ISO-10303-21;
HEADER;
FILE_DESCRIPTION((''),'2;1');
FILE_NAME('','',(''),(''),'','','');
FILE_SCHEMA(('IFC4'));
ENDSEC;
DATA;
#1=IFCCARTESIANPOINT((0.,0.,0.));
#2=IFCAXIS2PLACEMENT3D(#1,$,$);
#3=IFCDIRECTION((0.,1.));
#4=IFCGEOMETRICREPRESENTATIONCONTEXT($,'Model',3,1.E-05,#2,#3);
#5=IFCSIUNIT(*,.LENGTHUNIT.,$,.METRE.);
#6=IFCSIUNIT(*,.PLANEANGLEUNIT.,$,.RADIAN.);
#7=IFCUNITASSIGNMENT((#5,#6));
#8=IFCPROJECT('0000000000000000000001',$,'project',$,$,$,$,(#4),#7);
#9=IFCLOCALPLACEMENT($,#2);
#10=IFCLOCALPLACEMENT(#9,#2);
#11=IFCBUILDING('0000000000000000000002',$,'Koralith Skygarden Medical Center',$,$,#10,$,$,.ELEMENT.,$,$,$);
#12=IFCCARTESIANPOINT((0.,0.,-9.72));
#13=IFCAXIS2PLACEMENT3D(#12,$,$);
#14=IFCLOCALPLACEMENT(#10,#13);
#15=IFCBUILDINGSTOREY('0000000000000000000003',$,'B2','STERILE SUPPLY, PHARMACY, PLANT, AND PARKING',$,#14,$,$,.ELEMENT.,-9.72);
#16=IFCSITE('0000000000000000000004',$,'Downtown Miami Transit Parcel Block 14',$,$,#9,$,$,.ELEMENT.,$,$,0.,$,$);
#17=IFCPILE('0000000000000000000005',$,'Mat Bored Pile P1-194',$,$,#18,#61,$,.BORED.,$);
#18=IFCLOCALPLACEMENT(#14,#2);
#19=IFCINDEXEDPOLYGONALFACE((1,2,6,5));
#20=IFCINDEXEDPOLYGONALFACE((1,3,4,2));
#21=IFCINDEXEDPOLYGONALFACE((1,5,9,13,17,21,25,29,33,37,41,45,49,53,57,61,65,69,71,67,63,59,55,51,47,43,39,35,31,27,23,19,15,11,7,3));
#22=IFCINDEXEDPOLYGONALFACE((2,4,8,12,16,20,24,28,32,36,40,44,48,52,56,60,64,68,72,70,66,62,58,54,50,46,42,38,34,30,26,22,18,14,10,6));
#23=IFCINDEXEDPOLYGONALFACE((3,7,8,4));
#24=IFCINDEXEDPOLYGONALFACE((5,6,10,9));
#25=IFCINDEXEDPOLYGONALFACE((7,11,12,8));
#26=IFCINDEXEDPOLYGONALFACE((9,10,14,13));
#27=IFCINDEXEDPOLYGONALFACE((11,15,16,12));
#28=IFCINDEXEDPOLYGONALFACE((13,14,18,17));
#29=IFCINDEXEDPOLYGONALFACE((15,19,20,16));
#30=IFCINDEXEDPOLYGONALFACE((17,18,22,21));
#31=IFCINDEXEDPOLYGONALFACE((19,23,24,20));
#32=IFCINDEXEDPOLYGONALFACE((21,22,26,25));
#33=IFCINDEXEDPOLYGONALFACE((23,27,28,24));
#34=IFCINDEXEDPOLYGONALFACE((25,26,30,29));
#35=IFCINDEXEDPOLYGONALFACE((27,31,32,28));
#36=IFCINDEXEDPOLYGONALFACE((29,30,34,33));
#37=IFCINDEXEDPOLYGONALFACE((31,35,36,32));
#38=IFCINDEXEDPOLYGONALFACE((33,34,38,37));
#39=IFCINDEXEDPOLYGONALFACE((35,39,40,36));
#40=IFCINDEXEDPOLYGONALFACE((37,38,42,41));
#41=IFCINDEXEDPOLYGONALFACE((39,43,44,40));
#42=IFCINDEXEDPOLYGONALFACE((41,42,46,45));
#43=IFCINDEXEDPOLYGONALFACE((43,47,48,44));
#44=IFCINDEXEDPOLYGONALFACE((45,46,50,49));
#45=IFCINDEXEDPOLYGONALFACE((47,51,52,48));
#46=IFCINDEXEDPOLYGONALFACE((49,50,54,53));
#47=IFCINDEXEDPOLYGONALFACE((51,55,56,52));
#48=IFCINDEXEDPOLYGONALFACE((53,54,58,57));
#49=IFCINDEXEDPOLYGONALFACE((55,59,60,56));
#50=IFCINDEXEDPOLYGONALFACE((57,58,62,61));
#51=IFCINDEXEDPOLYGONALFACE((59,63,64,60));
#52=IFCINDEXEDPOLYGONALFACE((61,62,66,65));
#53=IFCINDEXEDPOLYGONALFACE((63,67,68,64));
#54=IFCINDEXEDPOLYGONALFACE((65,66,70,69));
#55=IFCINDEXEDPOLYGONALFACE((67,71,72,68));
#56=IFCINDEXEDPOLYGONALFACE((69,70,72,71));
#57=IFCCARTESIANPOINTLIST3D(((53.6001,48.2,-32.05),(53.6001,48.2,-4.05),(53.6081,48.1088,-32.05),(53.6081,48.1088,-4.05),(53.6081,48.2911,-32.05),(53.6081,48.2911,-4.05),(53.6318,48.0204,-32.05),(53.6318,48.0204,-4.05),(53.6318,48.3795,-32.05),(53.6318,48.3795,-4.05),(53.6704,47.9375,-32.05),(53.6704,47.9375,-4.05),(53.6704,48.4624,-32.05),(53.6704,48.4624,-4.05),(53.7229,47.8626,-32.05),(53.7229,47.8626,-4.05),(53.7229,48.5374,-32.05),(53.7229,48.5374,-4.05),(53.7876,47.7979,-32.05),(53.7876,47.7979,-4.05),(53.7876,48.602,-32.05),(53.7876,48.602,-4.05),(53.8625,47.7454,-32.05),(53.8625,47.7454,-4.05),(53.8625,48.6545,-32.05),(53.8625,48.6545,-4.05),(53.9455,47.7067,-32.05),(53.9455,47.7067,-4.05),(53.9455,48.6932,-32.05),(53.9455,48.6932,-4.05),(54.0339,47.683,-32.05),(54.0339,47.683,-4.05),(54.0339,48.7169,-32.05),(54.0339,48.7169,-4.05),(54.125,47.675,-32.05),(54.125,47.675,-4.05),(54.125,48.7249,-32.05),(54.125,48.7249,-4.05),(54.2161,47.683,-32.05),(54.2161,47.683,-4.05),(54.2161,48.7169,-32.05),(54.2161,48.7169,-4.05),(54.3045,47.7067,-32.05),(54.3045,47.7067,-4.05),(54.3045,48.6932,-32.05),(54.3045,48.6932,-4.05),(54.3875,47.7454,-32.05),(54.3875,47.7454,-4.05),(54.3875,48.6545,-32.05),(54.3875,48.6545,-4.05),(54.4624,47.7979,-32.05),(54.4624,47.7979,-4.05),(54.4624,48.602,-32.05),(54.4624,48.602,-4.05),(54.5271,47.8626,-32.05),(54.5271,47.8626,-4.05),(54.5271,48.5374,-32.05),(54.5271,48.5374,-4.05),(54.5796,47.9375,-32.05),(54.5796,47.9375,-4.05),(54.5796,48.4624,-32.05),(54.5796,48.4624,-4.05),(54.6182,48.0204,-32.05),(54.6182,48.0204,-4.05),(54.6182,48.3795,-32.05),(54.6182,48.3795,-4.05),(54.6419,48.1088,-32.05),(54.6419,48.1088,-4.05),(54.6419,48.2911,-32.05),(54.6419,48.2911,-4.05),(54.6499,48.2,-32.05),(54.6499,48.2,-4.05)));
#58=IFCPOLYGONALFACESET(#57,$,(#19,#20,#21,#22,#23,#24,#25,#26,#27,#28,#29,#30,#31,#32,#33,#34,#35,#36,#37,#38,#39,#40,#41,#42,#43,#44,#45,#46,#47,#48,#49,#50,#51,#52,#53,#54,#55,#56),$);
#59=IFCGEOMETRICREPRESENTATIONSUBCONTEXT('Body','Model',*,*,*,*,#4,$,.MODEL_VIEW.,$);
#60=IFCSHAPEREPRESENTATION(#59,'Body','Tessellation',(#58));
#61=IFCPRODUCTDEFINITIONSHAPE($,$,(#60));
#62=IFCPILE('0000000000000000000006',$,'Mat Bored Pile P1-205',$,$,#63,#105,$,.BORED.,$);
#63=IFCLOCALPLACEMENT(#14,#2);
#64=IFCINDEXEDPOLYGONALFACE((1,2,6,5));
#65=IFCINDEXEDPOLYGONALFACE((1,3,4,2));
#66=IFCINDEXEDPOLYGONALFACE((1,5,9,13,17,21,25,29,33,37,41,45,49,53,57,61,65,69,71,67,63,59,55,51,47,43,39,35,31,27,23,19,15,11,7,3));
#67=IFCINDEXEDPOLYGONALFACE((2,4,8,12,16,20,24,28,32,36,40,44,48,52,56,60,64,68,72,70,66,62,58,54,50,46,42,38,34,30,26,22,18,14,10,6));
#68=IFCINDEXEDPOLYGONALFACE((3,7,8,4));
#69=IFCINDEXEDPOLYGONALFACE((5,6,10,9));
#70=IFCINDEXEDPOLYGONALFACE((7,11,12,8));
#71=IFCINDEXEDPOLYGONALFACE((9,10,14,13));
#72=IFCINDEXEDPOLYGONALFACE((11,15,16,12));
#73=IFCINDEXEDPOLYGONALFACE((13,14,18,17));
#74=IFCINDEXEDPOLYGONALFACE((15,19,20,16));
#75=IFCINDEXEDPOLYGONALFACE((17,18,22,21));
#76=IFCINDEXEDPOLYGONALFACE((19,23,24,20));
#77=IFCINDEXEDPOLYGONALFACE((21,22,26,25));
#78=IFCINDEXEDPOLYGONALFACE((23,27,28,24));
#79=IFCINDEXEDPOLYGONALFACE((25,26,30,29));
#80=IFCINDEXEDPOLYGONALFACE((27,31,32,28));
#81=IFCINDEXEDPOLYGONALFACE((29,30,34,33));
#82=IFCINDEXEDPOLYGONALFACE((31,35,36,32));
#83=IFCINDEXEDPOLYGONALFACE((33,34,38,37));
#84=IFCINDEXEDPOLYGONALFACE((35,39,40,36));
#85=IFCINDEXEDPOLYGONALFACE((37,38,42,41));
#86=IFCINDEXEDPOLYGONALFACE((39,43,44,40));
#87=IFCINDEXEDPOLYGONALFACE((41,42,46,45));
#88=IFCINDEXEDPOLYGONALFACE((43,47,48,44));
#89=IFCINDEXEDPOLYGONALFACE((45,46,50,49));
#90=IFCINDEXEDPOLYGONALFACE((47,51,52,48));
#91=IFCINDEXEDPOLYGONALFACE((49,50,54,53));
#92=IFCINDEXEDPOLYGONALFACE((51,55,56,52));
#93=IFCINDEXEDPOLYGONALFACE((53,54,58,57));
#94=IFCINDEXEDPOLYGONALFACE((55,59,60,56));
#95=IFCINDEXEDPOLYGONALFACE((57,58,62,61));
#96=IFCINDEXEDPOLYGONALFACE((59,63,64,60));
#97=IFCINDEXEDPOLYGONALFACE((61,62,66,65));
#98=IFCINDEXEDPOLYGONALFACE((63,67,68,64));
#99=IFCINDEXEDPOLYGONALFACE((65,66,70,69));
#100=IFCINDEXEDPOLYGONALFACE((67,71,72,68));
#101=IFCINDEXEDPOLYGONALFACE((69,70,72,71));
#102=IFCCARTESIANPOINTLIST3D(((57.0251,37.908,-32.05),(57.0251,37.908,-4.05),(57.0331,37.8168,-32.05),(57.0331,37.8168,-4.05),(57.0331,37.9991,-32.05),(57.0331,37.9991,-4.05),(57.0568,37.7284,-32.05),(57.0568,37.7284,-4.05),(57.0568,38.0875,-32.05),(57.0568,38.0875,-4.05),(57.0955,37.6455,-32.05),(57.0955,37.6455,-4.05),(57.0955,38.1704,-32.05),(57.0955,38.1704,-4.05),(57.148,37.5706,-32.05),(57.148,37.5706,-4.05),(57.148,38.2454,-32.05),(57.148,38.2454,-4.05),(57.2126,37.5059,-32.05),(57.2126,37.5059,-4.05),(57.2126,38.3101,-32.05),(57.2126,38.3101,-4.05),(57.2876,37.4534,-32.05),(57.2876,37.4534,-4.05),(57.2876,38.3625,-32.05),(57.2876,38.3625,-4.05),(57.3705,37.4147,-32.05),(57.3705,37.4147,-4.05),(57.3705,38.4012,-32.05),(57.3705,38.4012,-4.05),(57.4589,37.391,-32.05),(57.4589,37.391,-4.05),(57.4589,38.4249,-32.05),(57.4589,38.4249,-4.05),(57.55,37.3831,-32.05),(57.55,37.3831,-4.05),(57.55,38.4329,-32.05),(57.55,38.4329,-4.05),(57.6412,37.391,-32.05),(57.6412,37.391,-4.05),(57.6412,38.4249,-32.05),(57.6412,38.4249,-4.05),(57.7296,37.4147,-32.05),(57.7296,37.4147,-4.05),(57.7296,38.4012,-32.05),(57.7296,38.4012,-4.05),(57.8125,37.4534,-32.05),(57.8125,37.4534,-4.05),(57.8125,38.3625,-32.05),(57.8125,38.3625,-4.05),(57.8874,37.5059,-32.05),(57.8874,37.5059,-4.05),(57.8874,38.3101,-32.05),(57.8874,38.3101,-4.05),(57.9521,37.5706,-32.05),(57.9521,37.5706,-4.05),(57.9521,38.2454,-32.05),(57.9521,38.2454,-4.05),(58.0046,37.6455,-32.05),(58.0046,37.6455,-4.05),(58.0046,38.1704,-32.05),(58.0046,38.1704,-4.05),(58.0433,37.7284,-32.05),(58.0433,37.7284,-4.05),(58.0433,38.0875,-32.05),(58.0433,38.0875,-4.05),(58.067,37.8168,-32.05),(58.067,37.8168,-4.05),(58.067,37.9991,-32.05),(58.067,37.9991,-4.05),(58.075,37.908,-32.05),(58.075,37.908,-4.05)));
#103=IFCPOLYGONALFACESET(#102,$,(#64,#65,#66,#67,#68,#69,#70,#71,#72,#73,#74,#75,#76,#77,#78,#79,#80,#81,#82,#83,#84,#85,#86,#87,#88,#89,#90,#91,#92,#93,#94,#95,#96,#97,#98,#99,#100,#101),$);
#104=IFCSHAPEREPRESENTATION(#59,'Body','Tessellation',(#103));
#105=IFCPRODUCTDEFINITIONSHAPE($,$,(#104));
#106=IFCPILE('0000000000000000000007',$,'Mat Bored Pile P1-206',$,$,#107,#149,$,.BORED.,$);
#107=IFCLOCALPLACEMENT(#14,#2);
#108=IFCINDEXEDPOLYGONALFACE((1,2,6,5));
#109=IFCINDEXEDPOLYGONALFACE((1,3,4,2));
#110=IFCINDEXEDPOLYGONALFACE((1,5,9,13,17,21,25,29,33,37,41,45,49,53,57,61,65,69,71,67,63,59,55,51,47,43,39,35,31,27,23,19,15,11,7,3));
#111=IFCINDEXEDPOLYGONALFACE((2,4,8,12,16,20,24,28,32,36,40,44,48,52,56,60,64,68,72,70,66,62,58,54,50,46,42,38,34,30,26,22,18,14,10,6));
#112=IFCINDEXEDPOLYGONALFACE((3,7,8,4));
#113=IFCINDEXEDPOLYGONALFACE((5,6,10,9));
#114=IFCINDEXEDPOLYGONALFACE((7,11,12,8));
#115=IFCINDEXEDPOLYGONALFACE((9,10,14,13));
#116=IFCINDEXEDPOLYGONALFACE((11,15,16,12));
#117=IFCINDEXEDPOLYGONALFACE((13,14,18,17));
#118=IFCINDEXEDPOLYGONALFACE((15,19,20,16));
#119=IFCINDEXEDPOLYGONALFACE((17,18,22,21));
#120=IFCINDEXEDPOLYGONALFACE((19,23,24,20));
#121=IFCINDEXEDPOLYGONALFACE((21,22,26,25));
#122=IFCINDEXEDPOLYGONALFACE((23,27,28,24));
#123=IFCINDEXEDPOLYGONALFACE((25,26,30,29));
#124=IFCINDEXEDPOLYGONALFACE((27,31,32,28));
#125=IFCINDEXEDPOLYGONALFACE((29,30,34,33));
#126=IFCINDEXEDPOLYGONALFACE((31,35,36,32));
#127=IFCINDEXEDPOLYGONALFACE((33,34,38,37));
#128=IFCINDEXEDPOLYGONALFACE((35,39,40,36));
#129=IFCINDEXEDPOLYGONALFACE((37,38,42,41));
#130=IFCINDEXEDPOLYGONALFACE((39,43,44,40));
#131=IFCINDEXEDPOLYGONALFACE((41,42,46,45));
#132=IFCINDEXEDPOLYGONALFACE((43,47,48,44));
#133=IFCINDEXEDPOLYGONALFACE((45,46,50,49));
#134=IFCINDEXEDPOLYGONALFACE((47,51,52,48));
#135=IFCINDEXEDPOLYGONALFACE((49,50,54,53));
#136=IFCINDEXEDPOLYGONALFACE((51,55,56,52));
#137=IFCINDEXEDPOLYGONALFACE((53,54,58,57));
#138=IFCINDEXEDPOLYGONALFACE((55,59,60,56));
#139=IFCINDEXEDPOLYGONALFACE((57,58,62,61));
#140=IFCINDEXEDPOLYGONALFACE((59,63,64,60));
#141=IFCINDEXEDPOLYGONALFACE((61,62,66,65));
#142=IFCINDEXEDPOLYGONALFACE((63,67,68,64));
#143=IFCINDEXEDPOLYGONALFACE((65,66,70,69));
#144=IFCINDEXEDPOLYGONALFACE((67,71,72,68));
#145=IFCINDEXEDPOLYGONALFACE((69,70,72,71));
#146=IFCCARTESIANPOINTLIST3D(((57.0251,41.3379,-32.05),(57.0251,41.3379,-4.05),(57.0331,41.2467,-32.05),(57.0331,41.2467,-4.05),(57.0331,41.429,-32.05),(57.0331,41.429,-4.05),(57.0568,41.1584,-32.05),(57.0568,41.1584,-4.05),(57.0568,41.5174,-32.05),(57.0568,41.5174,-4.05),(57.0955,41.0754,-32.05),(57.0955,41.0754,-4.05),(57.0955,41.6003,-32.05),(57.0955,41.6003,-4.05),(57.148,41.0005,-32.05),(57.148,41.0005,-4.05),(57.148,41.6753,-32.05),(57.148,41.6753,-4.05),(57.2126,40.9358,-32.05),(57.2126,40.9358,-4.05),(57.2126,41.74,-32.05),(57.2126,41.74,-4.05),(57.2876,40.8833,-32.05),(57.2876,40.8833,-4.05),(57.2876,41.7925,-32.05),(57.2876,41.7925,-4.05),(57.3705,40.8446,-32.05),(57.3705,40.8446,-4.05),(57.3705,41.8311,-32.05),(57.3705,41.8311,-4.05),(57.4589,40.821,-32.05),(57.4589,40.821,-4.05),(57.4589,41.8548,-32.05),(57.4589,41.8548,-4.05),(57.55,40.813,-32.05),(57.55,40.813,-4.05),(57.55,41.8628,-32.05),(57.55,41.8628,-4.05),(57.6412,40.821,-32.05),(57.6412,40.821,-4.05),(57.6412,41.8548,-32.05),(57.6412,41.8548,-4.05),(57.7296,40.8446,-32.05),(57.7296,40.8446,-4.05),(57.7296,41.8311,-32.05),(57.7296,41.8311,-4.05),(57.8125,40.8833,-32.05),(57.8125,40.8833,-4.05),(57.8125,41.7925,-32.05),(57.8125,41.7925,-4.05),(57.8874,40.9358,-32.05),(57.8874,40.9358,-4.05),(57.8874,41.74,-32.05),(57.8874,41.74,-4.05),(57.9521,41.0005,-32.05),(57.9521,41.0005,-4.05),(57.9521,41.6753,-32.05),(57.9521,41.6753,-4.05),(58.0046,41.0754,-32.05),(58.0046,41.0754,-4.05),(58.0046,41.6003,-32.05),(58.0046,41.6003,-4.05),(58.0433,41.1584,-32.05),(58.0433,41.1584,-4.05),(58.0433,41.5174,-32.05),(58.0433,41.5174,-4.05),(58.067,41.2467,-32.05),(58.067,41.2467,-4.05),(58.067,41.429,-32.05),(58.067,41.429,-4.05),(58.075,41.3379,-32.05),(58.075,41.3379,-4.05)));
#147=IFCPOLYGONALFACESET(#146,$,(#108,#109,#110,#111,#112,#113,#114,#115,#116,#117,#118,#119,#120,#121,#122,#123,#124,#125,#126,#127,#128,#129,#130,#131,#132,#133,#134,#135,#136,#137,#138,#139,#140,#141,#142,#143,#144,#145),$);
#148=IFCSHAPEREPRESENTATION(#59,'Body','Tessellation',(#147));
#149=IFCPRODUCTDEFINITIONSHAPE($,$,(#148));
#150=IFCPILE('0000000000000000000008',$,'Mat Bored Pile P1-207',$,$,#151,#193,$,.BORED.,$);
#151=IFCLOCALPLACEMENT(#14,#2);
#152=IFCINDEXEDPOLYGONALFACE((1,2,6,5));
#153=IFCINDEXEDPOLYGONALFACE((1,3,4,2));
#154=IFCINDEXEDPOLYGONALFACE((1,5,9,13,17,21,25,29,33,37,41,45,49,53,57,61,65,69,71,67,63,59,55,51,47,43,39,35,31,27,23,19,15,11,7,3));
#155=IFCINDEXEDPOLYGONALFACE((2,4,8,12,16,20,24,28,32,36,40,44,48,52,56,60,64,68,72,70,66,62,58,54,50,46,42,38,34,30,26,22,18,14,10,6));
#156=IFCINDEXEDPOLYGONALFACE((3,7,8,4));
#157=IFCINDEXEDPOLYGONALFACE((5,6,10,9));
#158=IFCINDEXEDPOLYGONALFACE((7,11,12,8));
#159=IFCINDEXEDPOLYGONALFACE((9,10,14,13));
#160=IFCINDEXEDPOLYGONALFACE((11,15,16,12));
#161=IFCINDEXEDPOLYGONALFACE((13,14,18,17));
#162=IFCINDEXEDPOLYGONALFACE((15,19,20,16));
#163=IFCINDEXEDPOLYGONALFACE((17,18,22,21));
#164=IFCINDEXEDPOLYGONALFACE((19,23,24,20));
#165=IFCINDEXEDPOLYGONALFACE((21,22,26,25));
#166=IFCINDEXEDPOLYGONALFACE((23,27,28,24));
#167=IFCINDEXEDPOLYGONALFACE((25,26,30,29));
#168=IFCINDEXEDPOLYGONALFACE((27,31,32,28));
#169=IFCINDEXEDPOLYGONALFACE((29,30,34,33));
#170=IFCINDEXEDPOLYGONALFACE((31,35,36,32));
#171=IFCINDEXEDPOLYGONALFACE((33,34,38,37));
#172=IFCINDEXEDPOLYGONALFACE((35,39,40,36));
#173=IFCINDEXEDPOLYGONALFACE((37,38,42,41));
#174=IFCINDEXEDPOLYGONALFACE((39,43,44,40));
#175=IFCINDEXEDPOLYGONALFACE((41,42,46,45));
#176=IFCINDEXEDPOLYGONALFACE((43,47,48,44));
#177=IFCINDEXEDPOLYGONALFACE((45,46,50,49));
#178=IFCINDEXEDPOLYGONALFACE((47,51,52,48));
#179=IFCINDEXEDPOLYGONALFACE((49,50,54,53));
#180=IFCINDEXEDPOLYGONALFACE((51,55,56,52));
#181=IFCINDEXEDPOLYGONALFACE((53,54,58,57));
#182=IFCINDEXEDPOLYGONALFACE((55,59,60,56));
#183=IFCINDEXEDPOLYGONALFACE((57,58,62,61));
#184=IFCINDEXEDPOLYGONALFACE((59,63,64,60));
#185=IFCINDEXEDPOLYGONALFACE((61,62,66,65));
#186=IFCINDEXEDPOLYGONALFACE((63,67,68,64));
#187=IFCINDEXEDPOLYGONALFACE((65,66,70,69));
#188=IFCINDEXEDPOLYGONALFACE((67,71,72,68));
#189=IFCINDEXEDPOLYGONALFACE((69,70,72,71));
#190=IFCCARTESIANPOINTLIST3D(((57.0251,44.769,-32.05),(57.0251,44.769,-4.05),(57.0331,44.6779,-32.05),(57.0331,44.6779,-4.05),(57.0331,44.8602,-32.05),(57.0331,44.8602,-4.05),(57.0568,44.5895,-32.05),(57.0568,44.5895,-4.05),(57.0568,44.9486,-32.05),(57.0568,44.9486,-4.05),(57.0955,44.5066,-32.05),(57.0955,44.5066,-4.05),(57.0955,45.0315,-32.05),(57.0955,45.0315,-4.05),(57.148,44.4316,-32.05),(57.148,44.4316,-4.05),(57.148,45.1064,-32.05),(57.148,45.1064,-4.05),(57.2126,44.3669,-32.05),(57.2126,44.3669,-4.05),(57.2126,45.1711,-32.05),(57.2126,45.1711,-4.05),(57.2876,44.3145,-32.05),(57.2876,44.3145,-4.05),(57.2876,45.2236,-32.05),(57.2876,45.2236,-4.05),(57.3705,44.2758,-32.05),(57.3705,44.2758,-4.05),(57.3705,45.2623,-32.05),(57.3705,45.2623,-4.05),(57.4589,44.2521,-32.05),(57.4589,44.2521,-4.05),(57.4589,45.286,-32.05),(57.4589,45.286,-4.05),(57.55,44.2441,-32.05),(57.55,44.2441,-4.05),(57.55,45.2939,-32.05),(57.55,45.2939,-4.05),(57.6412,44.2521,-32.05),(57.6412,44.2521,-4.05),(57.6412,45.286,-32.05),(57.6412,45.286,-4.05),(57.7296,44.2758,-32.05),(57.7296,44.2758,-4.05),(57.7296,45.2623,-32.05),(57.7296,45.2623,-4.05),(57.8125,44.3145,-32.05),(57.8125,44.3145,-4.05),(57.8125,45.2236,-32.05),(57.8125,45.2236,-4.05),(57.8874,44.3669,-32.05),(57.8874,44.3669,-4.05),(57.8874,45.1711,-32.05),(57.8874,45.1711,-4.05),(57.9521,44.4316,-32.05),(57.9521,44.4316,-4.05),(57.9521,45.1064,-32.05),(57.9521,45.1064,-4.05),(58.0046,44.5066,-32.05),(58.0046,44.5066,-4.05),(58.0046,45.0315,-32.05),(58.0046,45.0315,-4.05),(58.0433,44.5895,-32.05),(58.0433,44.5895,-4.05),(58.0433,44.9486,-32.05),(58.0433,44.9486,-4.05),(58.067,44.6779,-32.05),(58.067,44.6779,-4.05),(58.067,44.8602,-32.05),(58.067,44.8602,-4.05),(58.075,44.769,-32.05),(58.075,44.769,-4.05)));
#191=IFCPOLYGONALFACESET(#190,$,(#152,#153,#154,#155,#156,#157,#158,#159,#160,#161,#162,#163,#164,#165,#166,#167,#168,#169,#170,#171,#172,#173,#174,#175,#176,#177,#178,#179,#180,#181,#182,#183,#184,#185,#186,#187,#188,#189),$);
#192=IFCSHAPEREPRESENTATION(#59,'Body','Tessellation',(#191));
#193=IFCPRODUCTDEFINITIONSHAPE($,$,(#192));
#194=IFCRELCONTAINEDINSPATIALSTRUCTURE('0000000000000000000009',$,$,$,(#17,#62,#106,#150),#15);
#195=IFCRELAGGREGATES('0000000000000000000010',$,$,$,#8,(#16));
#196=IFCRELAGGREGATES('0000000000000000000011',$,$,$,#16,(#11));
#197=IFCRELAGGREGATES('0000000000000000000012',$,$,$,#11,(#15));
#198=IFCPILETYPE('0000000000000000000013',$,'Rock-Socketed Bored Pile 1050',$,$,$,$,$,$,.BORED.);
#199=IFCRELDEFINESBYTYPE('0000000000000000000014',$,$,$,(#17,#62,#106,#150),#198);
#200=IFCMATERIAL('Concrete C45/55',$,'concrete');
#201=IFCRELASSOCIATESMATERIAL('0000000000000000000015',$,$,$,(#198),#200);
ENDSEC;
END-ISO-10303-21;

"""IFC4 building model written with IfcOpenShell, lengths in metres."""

from ifc_helpers import new_model, si_unit, direction, frame, origin, origin_2d, place, context, subcontext, project, spatial, circle, extrude, material, material_profile, profile_set, type_object, element, save


model = new_model("IFC4")

# Units and contexts
model_context = context("Model", 3, precision=1e-05, world=origin(), true_north=direction((0.0, 1.0)))
body_context = subcontext(model_context, "Body", "Model", "MODEL_VIEW")
ifc_project = project(units=[si_unit("LENGTHUNIT", "METRE"), si_unit("PLANEANGLEUNIT", "RADIAN")], contexts=[model_context])

# Site, building, storey
site_placement = place(None, origin())
site = spatial("IfcSite", under=ifc_project, at=site_placement, Name="Downtown Miami Transit Parcel Block 14", CompositionType="ELEMENT", RefElevation=0.0)
building_placement = place(site_placement, origin())
building = spatial("IfcBuilding", under=site, at=building_placement, Name="Koralith Skygarden Medical Center", CompositionType="ELEMENT")
storey_placement = place(building_placement, frame((0.0, 0.0, -9.72)))
storey = spatial("IfcBuildingStorey", under=building, at=storey_placement, Name="B2", Description="STERILE SUPPLY, PHARMACY, PLANT, AND PARKING", CompositionType="ELEMENT", Elevation=-9.72)

# Piles
ifc_material_1 = material(Name="Concrete C45/55", Category="concrete")
ifc_material_profile_1 = material_profile(ifc_material_1, circle(Radius=0.5249, at=origin_2d()), Name="PILE1050")
ifc_profile_set_1 = profile_set([ifc_material_profile_1], Name="Concrete C45/55")
pile_type = type_object("IfcPileType", Name="Rock-Socketed Bored Pile 1050", PredefinedType="BORED", material=ifc_profile_set_1)
for number, where, z_axis, x_axis, name in (
    (1, (54.125, 48.2, -4.05), (0.0, 0.0, -1.0), (1.0, 0.0, 0.0), "Mat Bored Pile P1-194"),
    (2, (57.55, 37.908, -4.05), (0.0, 0.0, -1.0), (1.0, 0.0, 0.0), "Mat Bored Pile P1-205"),
    (3, (57.55, 41.3379, -4.05), (0.0, 0.0, -1.0), (1.0, 0.0, 0.0), "Mat Bored Pile P1-206"),
    (4, (57.55, 44.769, -4.05), (0.0, 0.0, -1.0), (1.0, 0.0, 0.0), "Mat Bored Pile P1-207"),
):
    element("IfcPile", number, at=place(storey_placement, frame(where, z_axis=z_axis, x_axis=x_axis)), inside=storey, type_object=pile_type, Name=name, PredefinedType="BORED", context=body_context, shape_type="SweptSolid", body=[
        extrude(circle(Radius=0.5249, at=origin_2d()), origin(), (0.0, 0.0, 1.0), 28.0),
    ])

save(model, "model.ifc")
